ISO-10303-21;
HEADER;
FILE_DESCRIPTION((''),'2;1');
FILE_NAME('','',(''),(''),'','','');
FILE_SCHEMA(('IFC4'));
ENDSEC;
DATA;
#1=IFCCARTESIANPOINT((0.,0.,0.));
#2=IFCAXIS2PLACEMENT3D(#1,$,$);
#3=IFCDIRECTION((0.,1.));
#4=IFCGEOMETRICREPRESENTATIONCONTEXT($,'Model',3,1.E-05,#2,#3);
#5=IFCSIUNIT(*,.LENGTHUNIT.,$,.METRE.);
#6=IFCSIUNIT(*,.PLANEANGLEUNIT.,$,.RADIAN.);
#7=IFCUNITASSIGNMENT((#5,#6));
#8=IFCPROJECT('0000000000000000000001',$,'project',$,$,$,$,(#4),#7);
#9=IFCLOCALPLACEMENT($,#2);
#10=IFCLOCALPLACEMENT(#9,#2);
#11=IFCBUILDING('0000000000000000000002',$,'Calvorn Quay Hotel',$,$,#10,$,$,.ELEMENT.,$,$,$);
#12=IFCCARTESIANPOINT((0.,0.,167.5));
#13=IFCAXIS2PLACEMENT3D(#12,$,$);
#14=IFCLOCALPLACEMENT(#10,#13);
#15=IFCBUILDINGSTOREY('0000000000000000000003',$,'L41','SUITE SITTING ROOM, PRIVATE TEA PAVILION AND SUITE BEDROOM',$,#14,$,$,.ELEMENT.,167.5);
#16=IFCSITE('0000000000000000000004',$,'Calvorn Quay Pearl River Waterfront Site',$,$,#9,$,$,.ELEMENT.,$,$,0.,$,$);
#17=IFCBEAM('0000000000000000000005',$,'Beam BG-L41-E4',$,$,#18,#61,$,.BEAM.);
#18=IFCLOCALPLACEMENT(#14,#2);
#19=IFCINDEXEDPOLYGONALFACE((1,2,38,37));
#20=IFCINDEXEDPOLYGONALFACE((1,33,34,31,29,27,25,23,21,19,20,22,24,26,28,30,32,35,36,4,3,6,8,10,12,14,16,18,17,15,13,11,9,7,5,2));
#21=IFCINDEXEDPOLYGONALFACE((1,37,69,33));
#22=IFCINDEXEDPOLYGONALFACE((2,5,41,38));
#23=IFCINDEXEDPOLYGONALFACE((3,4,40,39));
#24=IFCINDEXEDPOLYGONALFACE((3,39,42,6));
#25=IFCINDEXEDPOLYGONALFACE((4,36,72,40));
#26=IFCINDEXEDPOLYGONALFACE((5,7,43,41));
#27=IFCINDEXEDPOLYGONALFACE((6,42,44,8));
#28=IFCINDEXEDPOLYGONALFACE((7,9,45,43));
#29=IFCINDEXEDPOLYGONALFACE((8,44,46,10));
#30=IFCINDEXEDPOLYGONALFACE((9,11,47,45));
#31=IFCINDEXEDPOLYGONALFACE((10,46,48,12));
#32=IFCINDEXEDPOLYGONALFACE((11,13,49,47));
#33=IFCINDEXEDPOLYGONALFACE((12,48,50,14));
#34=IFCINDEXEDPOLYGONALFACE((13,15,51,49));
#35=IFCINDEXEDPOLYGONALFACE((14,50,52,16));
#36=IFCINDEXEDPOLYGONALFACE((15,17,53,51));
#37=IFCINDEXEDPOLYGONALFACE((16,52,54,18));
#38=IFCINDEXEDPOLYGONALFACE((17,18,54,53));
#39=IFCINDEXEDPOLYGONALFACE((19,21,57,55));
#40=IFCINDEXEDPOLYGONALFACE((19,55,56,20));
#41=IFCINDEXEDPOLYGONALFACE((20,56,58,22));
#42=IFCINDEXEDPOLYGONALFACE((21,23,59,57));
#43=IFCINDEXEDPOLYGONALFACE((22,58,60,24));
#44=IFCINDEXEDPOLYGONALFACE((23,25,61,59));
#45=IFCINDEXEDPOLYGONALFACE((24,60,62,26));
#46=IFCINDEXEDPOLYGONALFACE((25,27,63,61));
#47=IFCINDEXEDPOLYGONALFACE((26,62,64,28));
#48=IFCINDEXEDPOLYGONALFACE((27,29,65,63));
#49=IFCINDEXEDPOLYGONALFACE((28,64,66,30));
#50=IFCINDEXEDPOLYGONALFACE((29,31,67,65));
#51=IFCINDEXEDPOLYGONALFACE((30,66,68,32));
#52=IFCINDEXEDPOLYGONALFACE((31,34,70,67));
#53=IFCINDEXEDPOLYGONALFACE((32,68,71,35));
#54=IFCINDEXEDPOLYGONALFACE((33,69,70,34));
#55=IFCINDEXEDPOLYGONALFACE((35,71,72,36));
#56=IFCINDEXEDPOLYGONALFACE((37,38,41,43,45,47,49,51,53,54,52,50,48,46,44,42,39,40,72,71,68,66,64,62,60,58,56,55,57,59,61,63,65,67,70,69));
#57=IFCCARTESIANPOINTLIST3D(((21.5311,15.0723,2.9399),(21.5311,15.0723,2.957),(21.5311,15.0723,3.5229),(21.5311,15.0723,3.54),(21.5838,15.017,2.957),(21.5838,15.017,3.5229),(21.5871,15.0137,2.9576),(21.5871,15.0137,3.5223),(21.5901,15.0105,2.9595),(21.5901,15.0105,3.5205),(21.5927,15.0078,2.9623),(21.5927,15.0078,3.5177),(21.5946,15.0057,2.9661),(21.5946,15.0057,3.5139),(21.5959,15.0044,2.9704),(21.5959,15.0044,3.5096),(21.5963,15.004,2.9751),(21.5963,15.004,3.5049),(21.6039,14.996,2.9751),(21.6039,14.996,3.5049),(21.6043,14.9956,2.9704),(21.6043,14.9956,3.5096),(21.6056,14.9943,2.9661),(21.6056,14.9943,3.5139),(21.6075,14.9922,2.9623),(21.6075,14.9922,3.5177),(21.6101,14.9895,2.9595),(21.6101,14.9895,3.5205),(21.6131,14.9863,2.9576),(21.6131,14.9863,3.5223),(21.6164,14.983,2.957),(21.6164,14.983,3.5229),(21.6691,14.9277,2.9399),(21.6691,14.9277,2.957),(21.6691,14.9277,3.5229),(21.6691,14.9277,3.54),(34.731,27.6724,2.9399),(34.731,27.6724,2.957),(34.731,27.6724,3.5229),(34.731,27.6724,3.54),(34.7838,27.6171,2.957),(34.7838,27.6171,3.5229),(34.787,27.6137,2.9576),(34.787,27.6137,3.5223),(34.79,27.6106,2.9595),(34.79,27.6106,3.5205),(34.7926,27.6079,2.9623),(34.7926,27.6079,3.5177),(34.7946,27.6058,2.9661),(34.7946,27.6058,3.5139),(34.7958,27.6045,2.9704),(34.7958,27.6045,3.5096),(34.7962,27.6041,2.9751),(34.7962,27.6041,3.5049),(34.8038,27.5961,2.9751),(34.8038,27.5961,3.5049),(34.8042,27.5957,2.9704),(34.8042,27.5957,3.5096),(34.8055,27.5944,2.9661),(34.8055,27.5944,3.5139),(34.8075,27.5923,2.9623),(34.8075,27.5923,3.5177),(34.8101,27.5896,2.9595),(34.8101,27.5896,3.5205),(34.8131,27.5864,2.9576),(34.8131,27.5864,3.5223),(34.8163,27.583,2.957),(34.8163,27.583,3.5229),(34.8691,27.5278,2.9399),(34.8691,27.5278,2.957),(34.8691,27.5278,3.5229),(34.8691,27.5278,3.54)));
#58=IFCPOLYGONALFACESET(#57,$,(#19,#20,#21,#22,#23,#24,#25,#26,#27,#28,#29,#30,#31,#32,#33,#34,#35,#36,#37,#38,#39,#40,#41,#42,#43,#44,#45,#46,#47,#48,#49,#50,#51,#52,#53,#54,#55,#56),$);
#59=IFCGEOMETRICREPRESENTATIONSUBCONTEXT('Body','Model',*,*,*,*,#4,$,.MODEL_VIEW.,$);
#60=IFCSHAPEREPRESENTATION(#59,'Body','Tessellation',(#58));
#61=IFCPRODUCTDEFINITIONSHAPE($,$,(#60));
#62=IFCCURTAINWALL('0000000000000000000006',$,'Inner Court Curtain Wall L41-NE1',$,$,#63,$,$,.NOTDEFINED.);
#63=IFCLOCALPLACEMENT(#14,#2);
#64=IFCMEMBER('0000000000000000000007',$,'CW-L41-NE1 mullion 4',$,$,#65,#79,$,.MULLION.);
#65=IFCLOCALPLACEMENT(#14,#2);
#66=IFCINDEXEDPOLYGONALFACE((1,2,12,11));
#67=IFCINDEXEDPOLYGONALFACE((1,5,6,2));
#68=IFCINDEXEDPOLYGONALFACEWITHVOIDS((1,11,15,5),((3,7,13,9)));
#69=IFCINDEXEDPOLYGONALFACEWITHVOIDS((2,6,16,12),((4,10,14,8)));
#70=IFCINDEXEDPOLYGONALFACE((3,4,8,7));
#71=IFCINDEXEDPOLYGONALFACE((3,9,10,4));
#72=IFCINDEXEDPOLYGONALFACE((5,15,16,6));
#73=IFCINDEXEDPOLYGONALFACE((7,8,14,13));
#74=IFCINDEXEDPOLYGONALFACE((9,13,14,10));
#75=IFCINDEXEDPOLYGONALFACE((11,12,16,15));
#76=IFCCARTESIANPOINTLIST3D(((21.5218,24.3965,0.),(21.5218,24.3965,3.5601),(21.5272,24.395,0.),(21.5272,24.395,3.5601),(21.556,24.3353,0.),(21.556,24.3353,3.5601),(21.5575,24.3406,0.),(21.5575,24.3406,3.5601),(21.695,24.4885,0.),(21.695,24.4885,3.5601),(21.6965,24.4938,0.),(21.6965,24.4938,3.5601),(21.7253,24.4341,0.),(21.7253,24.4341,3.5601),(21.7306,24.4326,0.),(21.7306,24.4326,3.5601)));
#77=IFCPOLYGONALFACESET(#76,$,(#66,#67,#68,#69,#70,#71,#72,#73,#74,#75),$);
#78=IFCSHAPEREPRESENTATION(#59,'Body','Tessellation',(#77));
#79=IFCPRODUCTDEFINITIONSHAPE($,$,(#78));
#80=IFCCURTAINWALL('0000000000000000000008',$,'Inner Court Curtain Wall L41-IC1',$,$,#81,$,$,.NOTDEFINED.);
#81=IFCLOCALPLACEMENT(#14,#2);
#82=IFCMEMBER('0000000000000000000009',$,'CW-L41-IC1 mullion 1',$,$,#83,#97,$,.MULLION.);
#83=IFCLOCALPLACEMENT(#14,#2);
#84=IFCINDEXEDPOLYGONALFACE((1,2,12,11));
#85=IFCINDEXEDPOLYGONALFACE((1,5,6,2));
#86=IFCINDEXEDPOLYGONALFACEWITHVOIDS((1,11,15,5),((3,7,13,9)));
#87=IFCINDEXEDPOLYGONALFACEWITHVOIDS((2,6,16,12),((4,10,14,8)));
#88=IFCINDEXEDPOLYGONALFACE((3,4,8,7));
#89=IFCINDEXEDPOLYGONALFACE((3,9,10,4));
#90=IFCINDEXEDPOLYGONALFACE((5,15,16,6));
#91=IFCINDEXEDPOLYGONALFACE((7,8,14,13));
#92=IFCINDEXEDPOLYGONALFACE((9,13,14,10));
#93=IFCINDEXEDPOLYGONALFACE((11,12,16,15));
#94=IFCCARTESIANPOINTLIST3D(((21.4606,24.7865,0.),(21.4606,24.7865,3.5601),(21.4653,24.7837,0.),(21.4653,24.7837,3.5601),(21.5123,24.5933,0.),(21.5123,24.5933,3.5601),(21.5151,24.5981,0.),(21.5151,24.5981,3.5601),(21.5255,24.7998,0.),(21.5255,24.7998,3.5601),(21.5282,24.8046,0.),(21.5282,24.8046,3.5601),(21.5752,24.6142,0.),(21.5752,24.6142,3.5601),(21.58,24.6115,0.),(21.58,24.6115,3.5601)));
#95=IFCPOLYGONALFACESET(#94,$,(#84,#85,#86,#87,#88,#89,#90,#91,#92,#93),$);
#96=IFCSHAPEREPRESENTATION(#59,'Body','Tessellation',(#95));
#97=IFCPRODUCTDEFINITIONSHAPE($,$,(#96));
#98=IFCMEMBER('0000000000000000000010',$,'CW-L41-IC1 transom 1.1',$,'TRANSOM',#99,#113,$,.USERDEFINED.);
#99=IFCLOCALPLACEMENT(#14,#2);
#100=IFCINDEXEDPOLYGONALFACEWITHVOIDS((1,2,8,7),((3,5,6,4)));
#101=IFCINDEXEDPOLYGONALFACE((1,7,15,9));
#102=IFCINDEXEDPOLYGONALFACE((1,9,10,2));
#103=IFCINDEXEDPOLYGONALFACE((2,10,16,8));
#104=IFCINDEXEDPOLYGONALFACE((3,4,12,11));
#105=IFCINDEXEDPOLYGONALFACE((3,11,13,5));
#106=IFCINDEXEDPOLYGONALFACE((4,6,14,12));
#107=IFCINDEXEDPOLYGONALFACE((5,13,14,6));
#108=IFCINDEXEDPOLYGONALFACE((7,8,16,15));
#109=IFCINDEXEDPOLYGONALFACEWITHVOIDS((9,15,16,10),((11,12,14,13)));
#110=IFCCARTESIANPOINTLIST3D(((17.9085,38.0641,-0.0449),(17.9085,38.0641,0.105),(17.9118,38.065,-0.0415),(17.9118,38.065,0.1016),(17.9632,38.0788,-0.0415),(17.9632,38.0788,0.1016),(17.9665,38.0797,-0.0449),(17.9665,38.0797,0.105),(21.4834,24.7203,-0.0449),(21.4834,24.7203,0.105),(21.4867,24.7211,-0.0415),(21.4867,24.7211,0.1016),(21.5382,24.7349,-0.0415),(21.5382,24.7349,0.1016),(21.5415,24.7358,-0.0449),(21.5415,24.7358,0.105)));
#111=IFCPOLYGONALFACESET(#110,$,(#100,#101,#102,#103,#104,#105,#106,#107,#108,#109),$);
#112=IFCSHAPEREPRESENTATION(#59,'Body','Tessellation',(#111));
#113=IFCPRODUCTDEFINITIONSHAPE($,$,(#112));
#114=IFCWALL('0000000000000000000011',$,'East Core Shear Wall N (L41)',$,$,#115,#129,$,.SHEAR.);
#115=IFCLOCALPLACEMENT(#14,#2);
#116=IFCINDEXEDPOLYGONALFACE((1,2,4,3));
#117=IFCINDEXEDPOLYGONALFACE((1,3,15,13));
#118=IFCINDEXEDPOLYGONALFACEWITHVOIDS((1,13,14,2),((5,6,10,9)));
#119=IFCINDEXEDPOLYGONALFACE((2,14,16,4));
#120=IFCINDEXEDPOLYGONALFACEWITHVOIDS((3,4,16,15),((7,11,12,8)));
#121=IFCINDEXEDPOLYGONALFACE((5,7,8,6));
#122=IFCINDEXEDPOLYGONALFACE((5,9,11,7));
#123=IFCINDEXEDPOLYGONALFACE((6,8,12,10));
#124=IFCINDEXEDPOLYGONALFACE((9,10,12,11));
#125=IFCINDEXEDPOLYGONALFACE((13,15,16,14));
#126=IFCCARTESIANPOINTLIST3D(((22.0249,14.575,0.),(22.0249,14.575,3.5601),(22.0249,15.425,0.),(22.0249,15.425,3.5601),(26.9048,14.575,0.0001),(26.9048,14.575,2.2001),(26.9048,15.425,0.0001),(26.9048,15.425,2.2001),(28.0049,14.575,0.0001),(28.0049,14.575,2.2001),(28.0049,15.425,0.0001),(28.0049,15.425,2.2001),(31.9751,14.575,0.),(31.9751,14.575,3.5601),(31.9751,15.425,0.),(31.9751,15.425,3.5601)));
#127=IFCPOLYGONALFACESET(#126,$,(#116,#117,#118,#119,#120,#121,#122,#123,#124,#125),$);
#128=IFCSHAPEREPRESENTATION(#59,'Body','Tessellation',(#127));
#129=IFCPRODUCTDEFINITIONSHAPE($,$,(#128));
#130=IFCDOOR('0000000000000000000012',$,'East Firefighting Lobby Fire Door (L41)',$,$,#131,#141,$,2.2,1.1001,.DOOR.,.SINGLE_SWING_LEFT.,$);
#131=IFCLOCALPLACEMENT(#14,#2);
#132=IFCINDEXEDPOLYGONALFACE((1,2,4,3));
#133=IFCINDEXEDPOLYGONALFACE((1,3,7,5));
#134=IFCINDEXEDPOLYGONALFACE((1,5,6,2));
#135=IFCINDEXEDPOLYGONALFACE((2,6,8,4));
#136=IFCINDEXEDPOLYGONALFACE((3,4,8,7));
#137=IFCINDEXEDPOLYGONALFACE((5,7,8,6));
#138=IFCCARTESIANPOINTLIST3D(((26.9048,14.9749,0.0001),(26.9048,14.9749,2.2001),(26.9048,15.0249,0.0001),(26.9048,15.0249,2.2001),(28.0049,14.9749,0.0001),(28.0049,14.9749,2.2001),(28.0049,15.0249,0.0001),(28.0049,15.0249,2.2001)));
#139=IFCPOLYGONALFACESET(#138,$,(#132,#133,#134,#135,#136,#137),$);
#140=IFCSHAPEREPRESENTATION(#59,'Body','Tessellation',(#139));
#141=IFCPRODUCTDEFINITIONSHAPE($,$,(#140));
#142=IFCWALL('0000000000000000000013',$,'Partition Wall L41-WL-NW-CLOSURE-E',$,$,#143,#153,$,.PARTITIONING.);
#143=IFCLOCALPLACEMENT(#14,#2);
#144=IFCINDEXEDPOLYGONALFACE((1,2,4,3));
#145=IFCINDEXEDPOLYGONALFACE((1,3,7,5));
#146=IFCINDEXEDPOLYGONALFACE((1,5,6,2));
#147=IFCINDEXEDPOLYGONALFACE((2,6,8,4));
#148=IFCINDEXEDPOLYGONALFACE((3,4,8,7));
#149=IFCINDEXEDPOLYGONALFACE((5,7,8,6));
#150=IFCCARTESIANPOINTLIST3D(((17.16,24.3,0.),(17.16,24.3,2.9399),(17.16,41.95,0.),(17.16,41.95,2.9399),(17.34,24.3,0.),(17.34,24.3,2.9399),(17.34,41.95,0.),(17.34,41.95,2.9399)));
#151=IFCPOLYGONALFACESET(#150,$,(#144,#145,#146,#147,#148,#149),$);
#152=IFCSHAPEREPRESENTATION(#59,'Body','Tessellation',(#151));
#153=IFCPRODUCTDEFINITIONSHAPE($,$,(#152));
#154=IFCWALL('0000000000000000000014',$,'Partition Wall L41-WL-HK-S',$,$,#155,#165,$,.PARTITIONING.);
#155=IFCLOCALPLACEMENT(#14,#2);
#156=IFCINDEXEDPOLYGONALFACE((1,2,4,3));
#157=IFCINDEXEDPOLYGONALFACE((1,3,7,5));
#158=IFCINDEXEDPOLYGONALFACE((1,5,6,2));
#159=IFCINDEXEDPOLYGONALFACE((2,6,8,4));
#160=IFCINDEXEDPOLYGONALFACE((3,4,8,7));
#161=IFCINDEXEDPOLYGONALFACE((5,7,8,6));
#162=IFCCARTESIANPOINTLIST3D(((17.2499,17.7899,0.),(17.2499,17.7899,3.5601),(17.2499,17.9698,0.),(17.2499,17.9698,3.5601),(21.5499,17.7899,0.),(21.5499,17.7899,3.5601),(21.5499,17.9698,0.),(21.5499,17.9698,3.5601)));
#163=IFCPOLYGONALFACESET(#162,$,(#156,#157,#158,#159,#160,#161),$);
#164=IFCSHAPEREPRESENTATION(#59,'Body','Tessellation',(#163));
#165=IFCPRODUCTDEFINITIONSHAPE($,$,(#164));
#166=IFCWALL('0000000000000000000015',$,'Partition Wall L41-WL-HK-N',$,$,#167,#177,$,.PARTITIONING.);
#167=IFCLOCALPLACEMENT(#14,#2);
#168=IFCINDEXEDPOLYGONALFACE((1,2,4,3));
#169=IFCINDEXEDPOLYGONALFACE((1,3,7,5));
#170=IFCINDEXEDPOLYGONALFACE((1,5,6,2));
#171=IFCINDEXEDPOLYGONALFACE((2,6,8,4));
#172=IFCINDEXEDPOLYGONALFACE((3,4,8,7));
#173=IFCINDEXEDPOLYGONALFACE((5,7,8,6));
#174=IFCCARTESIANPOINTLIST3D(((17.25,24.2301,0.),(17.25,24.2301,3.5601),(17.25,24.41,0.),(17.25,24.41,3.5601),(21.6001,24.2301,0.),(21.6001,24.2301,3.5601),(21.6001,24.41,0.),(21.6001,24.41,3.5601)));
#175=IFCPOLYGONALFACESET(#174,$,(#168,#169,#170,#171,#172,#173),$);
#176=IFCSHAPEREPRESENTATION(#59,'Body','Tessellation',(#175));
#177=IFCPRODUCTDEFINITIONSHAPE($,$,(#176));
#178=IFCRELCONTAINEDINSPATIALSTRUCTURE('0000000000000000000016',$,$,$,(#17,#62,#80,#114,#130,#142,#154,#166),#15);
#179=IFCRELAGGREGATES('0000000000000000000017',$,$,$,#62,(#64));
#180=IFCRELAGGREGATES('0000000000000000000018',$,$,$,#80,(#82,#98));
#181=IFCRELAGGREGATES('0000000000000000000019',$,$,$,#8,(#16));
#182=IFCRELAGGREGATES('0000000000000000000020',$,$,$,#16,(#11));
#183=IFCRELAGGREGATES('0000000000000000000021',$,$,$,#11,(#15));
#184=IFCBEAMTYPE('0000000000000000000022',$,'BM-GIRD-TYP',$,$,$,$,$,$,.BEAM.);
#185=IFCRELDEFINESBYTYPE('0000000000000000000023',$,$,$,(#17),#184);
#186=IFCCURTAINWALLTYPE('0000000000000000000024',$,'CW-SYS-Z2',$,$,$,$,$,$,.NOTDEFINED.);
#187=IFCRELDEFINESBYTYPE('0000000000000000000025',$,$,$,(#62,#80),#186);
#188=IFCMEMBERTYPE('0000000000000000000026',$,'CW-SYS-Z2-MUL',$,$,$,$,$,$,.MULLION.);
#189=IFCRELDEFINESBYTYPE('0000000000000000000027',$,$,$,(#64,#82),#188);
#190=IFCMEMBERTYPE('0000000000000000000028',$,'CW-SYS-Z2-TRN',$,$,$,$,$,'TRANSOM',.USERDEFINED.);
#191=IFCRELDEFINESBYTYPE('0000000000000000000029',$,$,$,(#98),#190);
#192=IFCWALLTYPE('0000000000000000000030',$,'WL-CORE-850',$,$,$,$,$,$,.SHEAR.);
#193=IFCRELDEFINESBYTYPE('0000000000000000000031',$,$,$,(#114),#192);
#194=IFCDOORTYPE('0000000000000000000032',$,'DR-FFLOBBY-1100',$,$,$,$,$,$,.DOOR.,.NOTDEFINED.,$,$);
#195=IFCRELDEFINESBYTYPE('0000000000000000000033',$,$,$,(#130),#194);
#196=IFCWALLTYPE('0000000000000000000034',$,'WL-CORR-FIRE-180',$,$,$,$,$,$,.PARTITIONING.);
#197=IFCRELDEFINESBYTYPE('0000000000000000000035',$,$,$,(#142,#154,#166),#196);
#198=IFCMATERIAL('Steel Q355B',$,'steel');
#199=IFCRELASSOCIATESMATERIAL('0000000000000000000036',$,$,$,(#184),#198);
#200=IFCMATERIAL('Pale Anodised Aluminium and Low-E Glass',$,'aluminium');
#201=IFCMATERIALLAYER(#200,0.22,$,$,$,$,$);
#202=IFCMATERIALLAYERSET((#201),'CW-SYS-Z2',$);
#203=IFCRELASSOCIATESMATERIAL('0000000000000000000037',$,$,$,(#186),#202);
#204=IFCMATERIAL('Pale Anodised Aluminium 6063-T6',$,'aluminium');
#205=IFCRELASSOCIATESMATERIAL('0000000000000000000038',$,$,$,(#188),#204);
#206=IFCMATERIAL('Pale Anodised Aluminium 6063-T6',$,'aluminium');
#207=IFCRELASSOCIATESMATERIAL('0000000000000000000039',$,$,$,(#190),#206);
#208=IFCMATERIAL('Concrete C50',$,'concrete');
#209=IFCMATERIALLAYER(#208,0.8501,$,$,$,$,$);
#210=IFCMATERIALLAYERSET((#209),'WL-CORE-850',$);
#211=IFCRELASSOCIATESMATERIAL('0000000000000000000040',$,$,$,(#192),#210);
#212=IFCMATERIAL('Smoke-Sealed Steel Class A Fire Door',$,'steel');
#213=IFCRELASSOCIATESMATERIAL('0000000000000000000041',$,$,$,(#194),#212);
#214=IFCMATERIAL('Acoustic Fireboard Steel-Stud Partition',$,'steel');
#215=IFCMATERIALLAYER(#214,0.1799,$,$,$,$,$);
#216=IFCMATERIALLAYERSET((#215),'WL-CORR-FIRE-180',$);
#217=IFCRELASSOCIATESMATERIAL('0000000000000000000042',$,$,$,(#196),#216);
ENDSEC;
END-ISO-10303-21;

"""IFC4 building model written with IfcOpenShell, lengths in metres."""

from ifc_helpers import new_model, si_unit, direction, frame, frame_2d, origin, origin_2d, place, context, subcontext, project, spatial, rectangle, hollow_rectangle, i_section, extrude, material, layer, layer_set, material_profile, profile_set, type_object, element, fill, aggregate, save


model = new_model("IFC4")

# Units and contexts
model_context = context("Model", 3, precision=1e-05, world=origin(), true_north=direction((0.0, 1.0)))
body_context = subcontext(model_context, "Body", "Model", "MODEL_VIEW")
ifc_project = project(units=[si_unit("LENGTHUNIT", "METRE"), si_unit("PLANEANGLEUNIT", "RADIAN")], contexts=[model_context])

# Site, building, storey
site_placement = place(None, origin())
site = spatial("IfcSite", under=ifc_project, at=site_placement, Name="Calvorn Quay Pearl River Waterfront Site", CompositionType="ELEMENT", RefElevation=0.0)
building_placement = place(site_placement, origin())
building = spatial("IfcBuilding", under=site, at=building_placement, Name="Calvorn Quay Hotel", CompositionType="ELEMENT")
storey_placement = place(building_placement, frame((0.0, 0.0, 167.5)))
storey = spatial("IfcBuildingStorey", under=building, at=storey_placement, Name="L41", Description="SUITE SITTING ROOM, PRIVATE TEA PAVILION AND SUITE BEDROOM", CompositionType="ELEMENT", Elevation=167.5)

# Beam
ifc_material_1 = material(Name="Steel Q355B", Category="steel")
ifc_material_profile_1 = material_profile(ifc_material_1, i_section(OverallWidth=0.2, OverallDepth=0.6001, WebThickness=0.011, FlangeThickness=0.0171, FilletRadius=0.0181, at=origin_2d()), Name="HN600x200x11x17")
ifc_profile_set_1 = profile_set([ifc_material_profile_1], Name="Steel Q355B")
beam_type = type_object("IfcBeamType", Name="BM-GIRD-TYP", PredefinedType="BEAM", material=ifc_profile_set_1)
beam_placement = place(storey_placement, frame((21.6001, 15.0, 3.24), z_axis=(0.723352, 0.69048, 0.0), x_axis=(-0.69048, 0.723352, 0.0)))
element("IfcBeam", 1, at=beam_placement, inside=storey, type_object=beam_type, Name="Beam BG-L41-E4", PredefinedType="BEAM", context=body_context, shape_type="SweptSolid", body=[
    extrude(i_section(OverallWidth=0.2, OverallDepth=0.6001, WebThickness=0.011, FlangeThickness=0.0171, FilletRadius=0.0181, at=origin_2d()), origin(), (0.0, 0.0, 1.0), 18.2483),
])

# Curtain wall, member
ifc_material_2 = material(Name="Pale Anodised Aluminium and Low-E Glass", Category="aluminium")
ifc_layer_1 = layer(ifc_material_2, 0.22)
ifc_layer_set_1 = layer_set([ifc_layer_1], Name="CW-SYS-Z2")
curtain_wall_type = type_object("IfcCurtainWallType", Name="CW-SYS-Z2", PredefinedType="NOTDEFINED", material=ifc_layer_set_1)
curtain_wall_1_placement = place(storey_placement, origin())
curtain_wall_1 = element("IfcCurtainWall", 2, at=curtain_wall_1_placement, inside=storey, type_object=curtain_wall_type, Name="Inner Court Curtain Wall L41-NE1", PredefinedType="NOTDEFINED")
ifc_material_3 = material(Name="Pale Anodised Aluminium 6063-T6", Category="aluminium")
ifc_material_profile_2 = material_profile(ifc_material_3, hollow_rectangle(XDim=0.0701, YDim=0.2, WallThickness=0.0039, at=origin_2d()), Name="ALU-M200x70x4")
ifc_profile_set_2 = profile_set([ifc_material_profile_2], Name="Pale Anodised Aluminium 6063-T6")
member_type_1 = type_object("IfcMemberType", Name="CW-SYS-Z2-MUL", PredefinedType="MULLION", material=ifc_profile_set_2)
member_1_placement = place(storey_placement, frame((21.6262, 24.4146, 0.0), z_axis=(0.0, 0.0, 1.0), x_axis=(0.486858, -0.873481, 0.0)))
member_1 = element("IfcMember", 3, at=member_1_placement, type_object=member_type_1, Name="CW-L41-NE1 mullion 4", PredefinedType="MULLION", context=body_context, shape_type="SweptSolid", body=[
    extrude(hollow_rectangle(XDim=0.0701, YDim=0.2, WallThickness=0.0039, at=origin_2d()), origin(), (0.0, 0.0, 1.0), 3.5601),
])
aggregate(curtain_wall_1, [member_1])

# Curtain wall, members
curtain_wall_2_placement = place(storey_placement, origin())
curtain_wall_2 = element("IfcCurtainWall", 4, at=curtain_wall_2_placement, inside=storey, type_object=curtain_wall_type, Name="Inner Court Curtain Wall L41-IC1", PredefinedType="NOTDEFINED")
member_2_placement = place(storey_placement, frame((21.5203, 24.699, 0.0), z_axis=(0.0, 0.0, 1.0), x_axis=(-0.965937, -0.258779, 0.0)))
member_2 = element("IfcMember", 5, at=member_2_placement, type_object=member_type_1, Name="CW-L41-IC1 mullion 1", PredefinedType="MULLION", context=body_context, shape_type="SweptSolid", body=[
    extrude(hollow_rectangle(XDim=0.0701, YDim=0.2, WallThickness=0.0039, at=origin_2d()), origin(), (0.0, 0.0, 1.0), 3.5601),
])
ifc_material_4 = material(Name="Pale Anodised Aluminium 6063-T6", Category="aluminium")
ifc_material_profile_3 = material_profile(ifc_material_4, hollow_rectangle(XDim=0.0601, YDim=0.1499, WallThickness=0.0034, at=origin_2d()), Name="ALU-T150x60x3.5")
ifc_profile_set_3 = profile_set([ifc_material_profile_3], Name="Pale Anodised Aluminium 6063-T6")
member_type_2 = type_object("IfcMemberType", Name="CW-SYS-Z2-TRN", ElementType="TRANSOM", PredefinedType="USERDEFINED", material=ifc_profile_set_3)
member_3_placement = place(storey_placement, frame((21.5125, 24.728, 0.03), z_axis=(-0.258781, 0.965936, 0.0), x_axis=(-0.965936, -0.258781, 0.0)))
member_3 = element("IfcMember", 6, at=member_3_placement, type_object=member_type_2, Name="CW-L41-IC1 transom 1.1", ObjectType="TRANSOM", PredefinedType="USERDEFINED", context=body_context, shape_type="SweptSolid", body=[
    extrude(hollow_rectangle(XDim=0.0601, YDim=0.1499, WallThickness=0.0034, at=origin_2d()), origin(), (0.0, 0.0, 1.0), 13.8145),
])
aggregate(curtain_wall_2, [member_2, member_3])

# Wall, opening, door
ifc_material_5 = material(Name="Concrete C50", Category="concrete")
ifc_layer_2 = layer(ifc_material_5, 0.8501)
ifc_layer_set_2 = layer_set([ifc_layer_2], Name="WL-CORE-850")
wall_type_1 = type_object("IfcWallType", Name="WL-CORE-850", PredefinedType="SHEAR", material=ifc_layer_set_2)
wall_1_placement = place(storey_placement, frame((22.0249, 15.0, 0.0), z_axis=(0.0, 0.0, 1.0), x_axis=(1.0, 0.0, 0.0)))
wall_1 = element("IfcWall", 7, at=wall_1_placement, inside=storey, type_object=wall_type_1, Name="East Core Shear Wall N (L41)", PredefinedType="SHEAR", context=body_context, shape_type="SweptSolid", body=[
    extrude(rectangle(XDim=9.9502, YDim=0.8501, at=frame_2d((4.9751, 0.0))), origin(), (0.0, 0.0, 1.0), 3.5601),
])
opening_1_placement = place(wall_1_placement, frame((4.8799, 0.0, 0.0)))
opening_1 = element("IfcOpeningElement", 8, at=opening_1_placement, cuts=wall_1, PredefinedType="OPENING", context=body_context, shape_type="SweptSolid", body=[
    extrude(rectangle(XDim=1.1001, YDim=2.2, at=frame_2d((0.55, 1.1001))), frame((0.0, 0.4351, 0.0), z_axis=(0.0, -1.0, 0.0), x_axis=(1.0, 0.0, 0.0)), (0.0, 0.0, 1.0), 0.8701),
])
ifc_material_6 = material(Name="Smoke-Sealed Steel Class A Fire Door", Category="steel")
door_type_1 = type_object("IfcDoorType", Name="DR-FFLOBBY-1100", OperationType="NOTDEFINED", PredefinedType="DOOR", material=ifc_material_6)
door_1_placement = place(opening_1_placement, origin())
door_1 = element("IfcDoor", 9, at=door_1_placement, inside=storey, type_object=door_type_1, Name="East Firefighting Lobby Fire Door (L41)", OperationType="SINGLE_SWING_LEFT", OverallHeight=2.2, OverallWidth=1.1001, PredefinedType="DOOR", context=body_context, shape_type="SweptSolid", body=[
    extrude(rectangle(XDim=1.1001, YDim=2.2, at=frame_2d((0.55, 1.1001))), frame((0.0, 0.0249, 0.0), z_axis=(0.0, -1.0, 0.0), x_axis=(1.0, 0.0, 0.0)), (0.0, 0.0, 1.0), 0.05),
])
fill(opening_1, door_1)

# Walls
ifc_material_7 = material(Name="Acoustic Fireboard Steel-Stud Partition", Category="steel")
ifc_layer_3 = layer(ifc_material_7, 0.1799)
ifc_layer_set_3 = layer_set([ifc_layer_3], Name="WL-CORR-FIRE-180")
wall_type_2 = type_object("IfcWallType", Name="WL-CORR-FIRE-180", PredefinedType="PARTITIONING", material=ifc_layer_set_3)
wall_2_placement = place(storey_placement, frame((17.25, 24.3, 0.0), z_axis=(0.0, 0.0, 1.0), x_axis=(0.0, 1.0, 0.0)))
element("IfcWall", 10, at=wall_2_placement, inside=storey, type_object=wall_type_2, Name="Partition Wall L41-WL-NW-CLOSURE-E", PredefinedType="PARTITIONING", context=body_context, shape_type="SweptSolid", body=[
    extrude(rectangle(XDim=17.6499, YDim=0.1799, at=frame_2d((8.825, 0.0))), origin(), (0.0, 0.0, 1.0), 2.9399),
])
wall_3_placement = place(storey_placement, frame((17.25, 17.8799, 0.0), z_axis=(0.0, 0.0, 1.0), x_axis=(1.0, 0.0, 0.0)))
element("IfcWall", 11, at=wall_3_placement, inside=storey, type_object=wall_type_2, Name="Partition Wall L41-WL-HK-S", PredefinedType="PARTITIONING", context=body_context, shape_type="SweptSolid", body=[
    extrude(rectangle(XDim=4.3, YDim=0.1799, at=frame_2d((2.1499, 0.0))), origin(), (0.0, 0.0, 1.0), 3.5601),
])
wall_4_placement = place(storey_placement, frame((17.25, 24.3201, 0.0), z_axis=(0.0, 0.0, 1.0), x_axis=(1.0, 0.0, 0.0)))
element("IfcWall", 12, at=wall_4_placement, inside=storey, type_object=wall_type_2, Name="Partition Wall L41-WL-HK-N", PredefinedType="PARTITIONING", context=body_context, shape_type="SweptSolid", body=[
    extrude(rectangle(XDim=4.3501, YDim=0.1799, at=frame_2d((2.175, 0.0))), origin(), (0.0, 0.0, 1.0), 3.5601),
])

save(model, "model.ifc")
